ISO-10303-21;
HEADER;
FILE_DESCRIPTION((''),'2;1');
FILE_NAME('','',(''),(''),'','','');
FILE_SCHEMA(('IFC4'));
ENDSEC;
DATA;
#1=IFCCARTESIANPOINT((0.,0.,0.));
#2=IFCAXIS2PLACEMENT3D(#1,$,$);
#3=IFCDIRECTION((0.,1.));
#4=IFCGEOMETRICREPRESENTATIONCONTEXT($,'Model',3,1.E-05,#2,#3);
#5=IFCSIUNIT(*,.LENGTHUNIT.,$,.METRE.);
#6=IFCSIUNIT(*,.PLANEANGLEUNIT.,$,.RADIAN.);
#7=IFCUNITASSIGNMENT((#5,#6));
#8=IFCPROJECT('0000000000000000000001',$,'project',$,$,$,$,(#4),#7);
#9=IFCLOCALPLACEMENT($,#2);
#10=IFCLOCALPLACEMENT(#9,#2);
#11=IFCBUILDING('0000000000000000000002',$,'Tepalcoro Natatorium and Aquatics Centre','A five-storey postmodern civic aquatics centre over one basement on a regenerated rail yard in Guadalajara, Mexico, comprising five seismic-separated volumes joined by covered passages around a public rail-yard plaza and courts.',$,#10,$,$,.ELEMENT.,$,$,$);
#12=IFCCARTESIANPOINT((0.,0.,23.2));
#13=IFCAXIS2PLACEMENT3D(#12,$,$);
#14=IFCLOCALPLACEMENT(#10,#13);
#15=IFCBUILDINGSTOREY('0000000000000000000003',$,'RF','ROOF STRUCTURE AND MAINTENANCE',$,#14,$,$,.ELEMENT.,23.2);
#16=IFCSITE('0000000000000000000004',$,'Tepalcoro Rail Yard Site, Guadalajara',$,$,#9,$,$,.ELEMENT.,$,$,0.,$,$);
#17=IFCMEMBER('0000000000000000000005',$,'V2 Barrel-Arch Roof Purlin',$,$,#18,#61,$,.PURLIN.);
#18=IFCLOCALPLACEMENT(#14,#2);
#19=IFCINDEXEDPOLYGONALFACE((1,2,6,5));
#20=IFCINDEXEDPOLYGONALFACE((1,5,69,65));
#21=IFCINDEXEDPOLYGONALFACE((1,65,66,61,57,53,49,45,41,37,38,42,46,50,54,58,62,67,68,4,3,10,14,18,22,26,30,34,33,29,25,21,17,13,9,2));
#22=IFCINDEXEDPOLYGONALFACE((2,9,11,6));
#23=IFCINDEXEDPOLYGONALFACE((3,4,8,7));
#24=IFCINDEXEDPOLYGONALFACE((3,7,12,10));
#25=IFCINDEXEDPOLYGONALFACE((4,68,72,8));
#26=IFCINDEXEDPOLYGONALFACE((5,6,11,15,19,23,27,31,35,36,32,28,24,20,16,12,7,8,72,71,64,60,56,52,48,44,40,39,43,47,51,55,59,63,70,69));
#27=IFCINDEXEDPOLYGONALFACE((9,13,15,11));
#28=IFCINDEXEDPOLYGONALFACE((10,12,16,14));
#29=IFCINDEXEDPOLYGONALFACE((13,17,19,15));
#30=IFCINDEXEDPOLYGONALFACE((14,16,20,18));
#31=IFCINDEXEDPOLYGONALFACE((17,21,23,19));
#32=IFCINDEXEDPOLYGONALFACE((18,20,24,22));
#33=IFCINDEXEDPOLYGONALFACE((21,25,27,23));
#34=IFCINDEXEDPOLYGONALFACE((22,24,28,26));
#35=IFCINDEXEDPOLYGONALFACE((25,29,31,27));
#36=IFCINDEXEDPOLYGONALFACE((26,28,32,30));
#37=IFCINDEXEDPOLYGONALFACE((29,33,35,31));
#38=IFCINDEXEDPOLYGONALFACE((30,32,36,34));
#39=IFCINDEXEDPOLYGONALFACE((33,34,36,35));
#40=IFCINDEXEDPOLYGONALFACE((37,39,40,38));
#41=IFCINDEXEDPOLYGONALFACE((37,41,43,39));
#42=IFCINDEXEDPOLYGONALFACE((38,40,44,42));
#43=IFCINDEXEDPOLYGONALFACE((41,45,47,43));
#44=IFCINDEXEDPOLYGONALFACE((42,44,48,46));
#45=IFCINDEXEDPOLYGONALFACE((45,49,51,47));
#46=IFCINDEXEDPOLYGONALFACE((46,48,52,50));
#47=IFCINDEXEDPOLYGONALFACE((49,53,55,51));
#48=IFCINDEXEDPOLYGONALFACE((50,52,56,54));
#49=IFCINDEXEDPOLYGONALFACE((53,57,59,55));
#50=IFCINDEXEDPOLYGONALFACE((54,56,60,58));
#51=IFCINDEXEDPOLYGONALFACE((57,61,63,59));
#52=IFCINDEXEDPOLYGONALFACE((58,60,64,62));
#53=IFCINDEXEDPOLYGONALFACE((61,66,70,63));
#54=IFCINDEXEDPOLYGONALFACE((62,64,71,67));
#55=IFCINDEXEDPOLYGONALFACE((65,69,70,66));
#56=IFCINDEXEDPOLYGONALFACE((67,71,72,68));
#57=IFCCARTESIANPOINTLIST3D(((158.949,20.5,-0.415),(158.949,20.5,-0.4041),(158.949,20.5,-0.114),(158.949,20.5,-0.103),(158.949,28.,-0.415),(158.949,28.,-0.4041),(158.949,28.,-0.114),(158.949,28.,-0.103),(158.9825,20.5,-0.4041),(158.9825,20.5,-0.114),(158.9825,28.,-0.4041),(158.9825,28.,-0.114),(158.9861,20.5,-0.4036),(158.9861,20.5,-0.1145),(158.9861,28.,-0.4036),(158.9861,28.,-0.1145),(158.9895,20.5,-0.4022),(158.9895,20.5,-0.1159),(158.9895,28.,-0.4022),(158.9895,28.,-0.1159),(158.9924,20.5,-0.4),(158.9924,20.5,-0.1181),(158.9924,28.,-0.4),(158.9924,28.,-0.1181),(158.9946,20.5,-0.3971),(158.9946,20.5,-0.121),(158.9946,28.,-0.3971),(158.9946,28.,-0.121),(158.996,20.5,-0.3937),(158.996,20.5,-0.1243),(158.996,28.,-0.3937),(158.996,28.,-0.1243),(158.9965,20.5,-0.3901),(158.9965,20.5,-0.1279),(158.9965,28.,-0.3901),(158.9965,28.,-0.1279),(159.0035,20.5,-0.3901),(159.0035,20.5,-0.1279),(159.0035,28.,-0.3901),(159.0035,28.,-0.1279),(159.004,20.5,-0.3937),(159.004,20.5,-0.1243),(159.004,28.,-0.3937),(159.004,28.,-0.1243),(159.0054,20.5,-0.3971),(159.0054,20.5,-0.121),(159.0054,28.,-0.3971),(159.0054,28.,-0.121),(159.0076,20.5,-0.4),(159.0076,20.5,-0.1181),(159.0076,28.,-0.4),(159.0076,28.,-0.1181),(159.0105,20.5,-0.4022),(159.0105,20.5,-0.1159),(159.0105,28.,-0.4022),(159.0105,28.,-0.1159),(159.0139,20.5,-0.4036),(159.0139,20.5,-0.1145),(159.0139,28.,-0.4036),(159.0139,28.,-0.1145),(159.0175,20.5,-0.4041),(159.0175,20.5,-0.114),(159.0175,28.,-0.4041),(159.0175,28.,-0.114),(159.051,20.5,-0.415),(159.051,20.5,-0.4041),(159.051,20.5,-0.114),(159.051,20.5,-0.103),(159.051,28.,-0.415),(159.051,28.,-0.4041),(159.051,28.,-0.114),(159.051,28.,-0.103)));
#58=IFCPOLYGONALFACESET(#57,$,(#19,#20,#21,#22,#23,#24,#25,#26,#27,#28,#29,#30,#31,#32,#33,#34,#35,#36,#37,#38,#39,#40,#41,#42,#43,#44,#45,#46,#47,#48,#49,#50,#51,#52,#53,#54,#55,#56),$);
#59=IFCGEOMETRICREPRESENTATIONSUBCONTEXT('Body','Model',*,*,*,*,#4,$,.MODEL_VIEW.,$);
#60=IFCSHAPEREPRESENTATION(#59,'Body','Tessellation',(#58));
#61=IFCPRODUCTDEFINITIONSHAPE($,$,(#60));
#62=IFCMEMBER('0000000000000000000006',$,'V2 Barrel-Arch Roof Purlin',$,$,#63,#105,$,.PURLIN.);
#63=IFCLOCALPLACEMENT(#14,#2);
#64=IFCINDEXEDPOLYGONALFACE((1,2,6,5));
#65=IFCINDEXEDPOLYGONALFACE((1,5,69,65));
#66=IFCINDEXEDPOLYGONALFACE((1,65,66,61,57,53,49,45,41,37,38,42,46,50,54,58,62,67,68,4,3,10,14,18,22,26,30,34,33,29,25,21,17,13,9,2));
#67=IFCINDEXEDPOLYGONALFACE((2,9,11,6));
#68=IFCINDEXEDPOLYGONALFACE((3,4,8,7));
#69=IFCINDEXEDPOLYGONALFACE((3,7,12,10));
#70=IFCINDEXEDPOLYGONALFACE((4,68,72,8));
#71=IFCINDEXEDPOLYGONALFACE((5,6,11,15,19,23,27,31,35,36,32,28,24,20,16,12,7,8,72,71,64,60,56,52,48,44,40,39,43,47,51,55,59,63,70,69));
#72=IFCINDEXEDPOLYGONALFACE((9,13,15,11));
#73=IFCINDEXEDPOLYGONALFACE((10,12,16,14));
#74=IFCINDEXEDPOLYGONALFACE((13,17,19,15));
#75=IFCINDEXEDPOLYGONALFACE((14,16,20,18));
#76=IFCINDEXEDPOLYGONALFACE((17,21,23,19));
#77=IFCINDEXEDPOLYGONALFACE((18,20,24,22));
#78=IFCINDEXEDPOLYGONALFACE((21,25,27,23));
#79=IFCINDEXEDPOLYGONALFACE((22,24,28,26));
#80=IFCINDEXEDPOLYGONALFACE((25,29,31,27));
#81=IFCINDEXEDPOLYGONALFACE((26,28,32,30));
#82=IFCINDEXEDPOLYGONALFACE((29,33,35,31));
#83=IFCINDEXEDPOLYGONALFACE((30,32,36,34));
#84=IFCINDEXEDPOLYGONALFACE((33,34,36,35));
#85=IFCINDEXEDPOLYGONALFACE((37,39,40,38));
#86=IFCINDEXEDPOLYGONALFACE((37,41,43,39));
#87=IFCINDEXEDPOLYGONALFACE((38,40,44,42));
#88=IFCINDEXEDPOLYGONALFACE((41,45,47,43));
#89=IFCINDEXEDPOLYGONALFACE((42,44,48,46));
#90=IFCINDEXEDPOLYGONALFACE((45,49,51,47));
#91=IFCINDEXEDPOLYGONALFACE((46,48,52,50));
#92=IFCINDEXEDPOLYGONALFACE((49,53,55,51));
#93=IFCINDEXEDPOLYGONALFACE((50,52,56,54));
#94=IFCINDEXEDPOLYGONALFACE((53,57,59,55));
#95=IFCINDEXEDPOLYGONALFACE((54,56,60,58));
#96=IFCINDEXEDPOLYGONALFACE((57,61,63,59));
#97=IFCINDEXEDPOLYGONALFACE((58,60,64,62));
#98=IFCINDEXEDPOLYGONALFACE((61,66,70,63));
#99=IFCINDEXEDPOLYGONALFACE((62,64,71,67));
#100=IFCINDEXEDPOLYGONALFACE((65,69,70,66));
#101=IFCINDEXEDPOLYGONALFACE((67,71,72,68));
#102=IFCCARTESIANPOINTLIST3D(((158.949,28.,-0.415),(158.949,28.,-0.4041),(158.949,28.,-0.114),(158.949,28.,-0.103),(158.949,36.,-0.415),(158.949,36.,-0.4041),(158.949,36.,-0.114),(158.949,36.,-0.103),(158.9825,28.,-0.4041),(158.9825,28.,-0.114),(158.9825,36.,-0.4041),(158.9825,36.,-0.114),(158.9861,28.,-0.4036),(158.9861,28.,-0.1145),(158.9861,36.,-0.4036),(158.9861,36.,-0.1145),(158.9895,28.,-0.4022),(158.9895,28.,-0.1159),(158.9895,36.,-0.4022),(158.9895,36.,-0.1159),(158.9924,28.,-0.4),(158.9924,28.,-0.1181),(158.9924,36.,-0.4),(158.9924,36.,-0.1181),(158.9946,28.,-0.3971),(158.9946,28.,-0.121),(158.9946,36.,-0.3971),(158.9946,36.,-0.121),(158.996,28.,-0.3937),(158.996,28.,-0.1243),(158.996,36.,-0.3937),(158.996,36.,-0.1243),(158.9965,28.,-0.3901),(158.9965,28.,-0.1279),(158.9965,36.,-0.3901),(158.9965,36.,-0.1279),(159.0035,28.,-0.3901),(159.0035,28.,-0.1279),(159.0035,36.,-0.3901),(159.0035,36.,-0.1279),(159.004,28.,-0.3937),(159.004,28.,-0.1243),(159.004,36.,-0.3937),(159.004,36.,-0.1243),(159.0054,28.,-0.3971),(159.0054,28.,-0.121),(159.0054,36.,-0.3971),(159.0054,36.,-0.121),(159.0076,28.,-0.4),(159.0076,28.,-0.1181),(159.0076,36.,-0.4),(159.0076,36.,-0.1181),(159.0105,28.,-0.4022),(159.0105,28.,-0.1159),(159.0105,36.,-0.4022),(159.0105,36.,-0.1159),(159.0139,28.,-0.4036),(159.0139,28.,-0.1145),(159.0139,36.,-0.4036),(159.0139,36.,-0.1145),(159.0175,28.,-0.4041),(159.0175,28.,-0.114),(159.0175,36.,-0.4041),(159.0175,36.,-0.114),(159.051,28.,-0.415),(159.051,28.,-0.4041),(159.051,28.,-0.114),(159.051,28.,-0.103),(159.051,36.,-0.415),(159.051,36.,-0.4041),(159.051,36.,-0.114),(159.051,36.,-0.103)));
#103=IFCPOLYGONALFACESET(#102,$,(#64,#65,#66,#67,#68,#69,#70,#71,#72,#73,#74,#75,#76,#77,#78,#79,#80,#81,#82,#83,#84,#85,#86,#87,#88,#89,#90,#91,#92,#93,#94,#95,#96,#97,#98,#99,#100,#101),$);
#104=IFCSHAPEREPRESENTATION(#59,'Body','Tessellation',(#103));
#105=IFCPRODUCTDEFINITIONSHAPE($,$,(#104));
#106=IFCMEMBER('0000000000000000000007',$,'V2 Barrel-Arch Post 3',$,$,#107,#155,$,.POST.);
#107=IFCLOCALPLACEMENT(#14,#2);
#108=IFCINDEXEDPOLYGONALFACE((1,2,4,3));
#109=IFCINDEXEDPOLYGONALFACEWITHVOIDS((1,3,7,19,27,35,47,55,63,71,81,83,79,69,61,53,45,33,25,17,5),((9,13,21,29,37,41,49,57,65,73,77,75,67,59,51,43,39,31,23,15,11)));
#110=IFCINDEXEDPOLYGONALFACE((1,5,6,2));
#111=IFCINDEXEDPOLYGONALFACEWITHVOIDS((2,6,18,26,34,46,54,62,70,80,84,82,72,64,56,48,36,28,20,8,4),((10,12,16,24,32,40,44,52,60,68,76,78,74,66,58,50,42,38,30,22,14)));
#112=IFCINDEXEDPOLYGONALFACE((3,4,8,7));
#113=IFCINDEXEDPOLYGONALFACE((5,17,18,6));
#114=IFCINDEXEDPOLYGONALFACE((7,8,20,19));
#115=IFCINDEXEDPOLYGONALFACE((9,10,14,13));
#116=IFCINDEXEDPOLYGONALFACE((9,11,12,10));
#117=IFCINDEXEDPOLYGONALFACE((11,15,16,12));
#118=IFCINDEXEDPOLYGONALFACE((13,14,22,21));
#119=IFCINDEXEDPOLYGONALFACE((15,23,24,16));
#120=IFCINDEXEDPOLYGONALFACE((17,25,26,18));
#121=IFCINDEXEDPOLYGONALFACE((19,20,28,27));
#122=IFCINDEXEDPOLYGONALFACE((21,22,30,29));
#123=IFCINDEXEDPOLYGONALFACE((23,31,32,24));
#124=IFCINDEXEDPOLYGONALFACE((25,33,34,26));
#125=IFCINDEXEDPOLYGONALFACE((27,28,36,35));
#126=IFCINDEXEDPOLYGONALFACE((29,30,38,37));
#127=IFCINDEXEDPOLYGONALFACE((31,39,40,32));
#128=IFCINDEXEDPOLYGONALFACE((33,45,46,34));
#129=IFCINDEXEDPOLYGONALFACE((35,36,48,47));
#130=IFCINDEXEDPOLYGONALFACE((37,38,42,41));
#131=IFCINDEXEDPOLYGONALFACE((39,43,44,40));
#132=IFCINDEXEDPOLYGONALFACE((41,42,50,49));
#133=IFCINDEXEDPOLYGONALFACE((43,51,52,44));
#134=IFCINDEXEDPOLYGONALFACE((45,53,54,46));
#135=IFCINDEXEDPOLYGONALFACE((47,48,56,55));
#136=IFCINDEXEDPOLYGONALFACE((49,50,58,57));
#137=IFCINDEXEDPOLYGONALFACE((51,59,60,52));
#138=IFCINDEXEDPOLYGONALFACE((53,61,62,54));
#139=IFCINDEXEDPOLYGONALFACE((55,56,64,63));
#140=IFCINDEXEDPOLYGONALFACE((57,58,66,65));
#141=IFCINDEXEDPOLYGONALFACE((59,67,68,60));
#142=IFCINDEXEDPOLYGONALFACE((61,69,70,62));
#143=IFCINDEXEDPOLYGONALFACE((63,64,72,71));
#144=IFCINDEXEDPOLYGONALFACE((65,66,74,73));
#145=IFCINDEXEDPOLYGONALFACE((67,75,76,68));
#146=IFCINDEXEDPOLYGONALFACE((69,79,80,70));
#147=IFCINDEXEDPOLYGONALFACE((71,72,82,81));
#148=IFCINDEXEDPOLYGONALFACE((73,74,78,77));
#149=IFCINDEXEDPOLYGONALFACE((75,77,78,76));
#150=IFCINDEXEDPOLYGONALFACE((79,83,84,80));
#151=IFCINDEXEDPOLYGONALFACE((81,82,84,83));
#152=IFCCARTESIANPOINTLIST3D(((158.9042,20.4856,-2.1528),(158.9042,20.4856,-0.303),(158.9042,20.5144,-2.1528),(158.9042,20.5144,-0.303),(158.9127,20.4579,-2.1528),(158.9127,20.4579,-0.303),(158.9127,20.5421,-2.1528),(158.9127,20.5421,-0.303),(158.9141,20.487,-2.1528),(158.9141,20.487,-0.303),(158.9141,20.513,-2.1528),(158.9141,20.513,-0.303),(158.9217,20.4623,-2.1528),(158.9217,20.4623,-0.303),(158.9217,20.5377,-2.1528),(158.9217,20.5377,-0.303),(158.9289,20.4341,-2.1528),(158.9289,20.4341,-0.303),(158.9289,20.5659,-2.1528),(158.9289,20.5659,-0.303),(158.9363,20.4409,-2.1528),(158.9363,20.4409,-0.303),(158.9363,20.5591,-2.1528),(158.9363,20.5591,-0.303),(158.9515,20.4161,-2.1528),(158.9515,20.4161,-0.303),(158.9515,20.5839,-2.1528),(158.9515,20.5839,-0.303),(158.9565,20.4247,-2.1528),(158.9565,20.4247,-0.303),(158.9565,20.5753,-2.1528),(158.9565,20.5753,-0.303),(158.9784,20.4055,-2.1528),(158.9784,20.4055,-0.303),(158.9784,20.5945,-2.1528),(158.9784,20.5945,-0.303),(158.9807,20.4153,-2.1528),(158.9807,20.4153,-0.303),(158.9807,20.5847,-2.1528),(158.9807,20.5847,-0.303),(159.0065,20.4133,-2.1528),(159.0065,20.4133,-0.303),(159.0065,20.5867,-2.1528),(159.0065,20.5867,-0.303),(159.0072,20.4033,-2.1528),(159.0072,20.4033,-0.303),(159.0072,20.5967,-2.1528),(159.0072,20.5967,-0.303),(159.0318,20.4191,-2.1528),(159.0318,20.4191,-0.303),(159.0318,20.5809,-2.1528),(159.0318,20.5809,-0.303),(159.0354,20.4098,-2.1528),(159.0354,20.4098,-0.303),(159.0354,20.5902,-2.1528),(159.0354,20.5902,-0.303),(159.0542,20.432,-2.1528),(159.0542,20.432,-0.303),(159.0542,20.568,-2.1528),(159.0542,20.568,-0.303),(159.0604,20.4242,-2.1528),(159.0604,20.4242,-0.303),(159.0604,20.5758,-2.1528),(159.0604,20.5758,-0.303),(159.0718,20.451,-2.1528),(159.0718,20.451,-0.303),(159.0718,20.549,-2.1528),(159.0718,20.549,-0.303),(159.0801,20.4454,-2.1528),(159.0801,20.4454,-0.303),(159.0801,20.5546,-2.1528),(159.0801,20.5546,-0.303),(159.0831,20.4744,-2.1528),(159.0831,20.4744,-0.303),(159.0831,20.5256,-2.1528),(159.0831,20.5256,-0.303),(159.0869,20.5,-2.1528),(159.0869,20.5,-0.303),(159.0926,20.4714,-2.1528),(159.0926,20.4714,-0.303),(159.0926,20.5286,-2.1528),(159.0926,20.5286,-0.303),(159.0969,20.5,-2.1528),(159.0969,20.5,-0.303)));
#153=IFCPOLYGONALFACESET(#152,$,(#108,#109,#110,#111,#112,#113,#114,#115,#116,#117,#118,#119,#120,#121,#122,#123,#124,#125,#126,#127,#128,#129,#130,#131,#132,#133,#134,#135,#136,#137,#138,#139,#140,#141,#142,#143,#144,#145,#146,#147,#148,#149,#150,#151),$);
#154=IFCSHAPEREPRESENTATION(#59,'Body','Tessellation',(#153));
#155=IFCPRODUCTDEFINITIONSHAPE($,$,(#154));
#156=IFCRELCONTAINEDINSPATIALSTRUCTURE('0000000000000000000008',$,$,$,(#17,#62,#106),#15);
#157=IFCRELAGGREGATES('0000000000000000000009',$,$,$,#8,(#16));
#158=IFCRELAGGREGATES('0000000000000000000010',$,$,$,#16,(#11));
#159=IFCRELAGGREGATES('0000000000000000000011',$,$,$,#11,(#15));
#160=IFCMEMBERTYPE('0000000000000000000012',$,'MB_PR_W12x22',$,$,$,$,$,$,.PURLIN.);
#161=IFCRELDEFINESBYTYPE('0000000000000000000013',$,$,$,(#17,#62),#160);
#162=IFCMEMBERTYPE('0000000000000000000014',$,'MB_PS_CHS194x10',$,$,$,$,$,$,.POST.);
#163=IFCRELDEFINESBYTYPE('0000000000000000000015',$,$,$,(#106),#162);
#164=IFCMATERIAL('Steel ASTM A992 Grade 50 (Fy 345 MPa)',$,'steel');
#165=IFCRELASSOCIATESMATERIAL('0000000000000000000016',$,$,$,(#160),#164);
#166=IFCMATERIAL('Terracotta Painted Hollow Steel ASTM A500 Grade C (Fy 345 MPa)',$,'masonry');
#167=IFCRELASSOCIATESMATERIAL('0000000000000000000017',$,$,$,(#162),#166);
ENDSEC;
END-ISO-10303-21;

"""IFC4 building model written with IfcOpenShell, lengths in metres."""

from ifc_helpers import new_model, si_unit, direction, frame, origin, origin_2d, place, context, subcontext, project, spatial, hollow_circle, i_section, extrude, material, material_profile, profile_set, type_object, element, save


model = new_model("IFC4")

# Units and contexts
model_context = context("Model", 3, precision=1e-05, world=origin(), true_north=direction((0.0, 1.0)))
body_context = subcontext(model_context, "Body", "Model", "MODEL_VIEW")
ifc_project = project(units=[si_unit("LENGTHUNIT", "METRE"), si_unit("PLANEANGLEUNIT", "RADIAN")], contexts=[model_context])

# Site, building, storey
site_placement = place(None, origin())
site = spatial("IfcSite", under=ifc_project, at=site_placement, Name="Tepalcoro Rail Yard Site, Guadalajara", CompositionType="ELEMENT", RefElevation=0.0)
building_placement = place(site_placement, origin())
building = spatial("IfcBuilding", under=site, at=building_placement, Name="Tepalcoro Natatorium and Aquatics Centre", Description="A five-storey postmodern civic aquatics centre over one basement on a regenerated rail yard in Guadalajara, Mexico, comprising five seismic-separated volumes joined by covered passages around a public rail-yard plaza and courts.", CompositionType="ELEMENT")
storey_placement = place(building_placement, frame((0.0, 0.0, 23.2)))
storey = spatial("IfcBuildingStorey", under=building, at=storey_placement, Name="RF", Description="ROOF STRUCTURE AND MAINTENANCE", CompositionType="ELEMENT", Elevation=23.2)

# Shared definitions
ifc_material_1 = material(Name="Terracotta Painted Hollow Steel ASTM A500 Grade C (Fy 345 MPa)", Category="masonry")

# Members
ifc_material_2 = material(Name="Steel ASTM A992 Grade 50 (Fy 345 MPa)", Category="steel")
ifc_material_profile_1 = material_profile(ifc_material_2, i_section(OverallWidth=0.1021, OverallDepth=0.312, WebThickness=0.0071, FlangeThickness=0.011, FilletRadius=0.0139, at=origin_2d()), Name="W12X22")
ifc_profile_set_1 = profile_set([ifc_material_profile_1], Name="Steel ASTM A992 Grade 50 (Fy 345 MPa)")
member_type_1 = type_object("IfcMemberType", Name="MB_PR_W12x22", PredefinedType="PURLIN", material=ifc_profile_set_1)
member_1_placement = place(storey_placement, frame((159.0, 20.5, -0.259), z_axis=(0.0, 1.0, 0.0), x_axis=(-1.0, 0.0, 0.0)))
element("IfcMember", 1, at=member_1_placement, inside=storey, type_object=member_type_1, Name="V2 Barrel-Arch Roof Purlin", PredefinedType="PURLIN", context=body_context, shape_type="SweptSolid", body=[
    extrude(i_section(OverallWidth=0.1021, OverallDepth=0.312, WebThickness=0.0071, FlangeThickness=0.011, FilletRadius=0.0139, at=origin_2d()), origin(), (0.0, 0.0, 1.0), 7.5),
])
member_2_placement = place(storey_placement, frame((159.0, 28.0, -0.259), z_axis=(0.0, 1.0, 0.0), x_axis=(-1.0, 0.0, 0.0)))
element("IfcMember", 2, at=member_2_placement, inside=storey, type_object=member_type_1, Name="V2 Barrel-Arch Roof Purlin", PredefinedType="PURLIN", context=body_context, shape_type="SweptSolid", body=[
    extrude(i_section(OverallWidth=0.1021, OverallDepth=0.312, WebThickness=0.0071, FlangeThickness=0.011, FilletRadius=0.0139, at=origin_2d()), origin(), (0.0, 0.0, 1.0), 8.0),
])
ifc_material_profile_2 = material_profile(ifc_material_1, hollow_circle(Radius=0.0969, WallThickness=0.01, at=origin_2d()), Name="CHS194X10")
ifc_profile_set_2 = profile_set([ifc_material_profile_2], Name="Terracotta Painted Hollow Steel ASTM A500 Grade C (Fy 345 MPa)")
member_type_2 = type_object("IfcMemberType", Name="MB_PS_CHS194x10", PredefinedType="POST", material=ifc_profile_set_2)
member_3_placement = place(storey_placement, frame((159.0, 20.5, -2.1528), z_axis=(0.0, 0.0, 1.0), x_axis=(1.0, 0.0, 0.0)))
element("IfcMember", 3, at=member_3_placement, inside=storey, type_object=member_type_2, Name="V2 Barrel-Arch Post 3", PredefinedType="POST", context=body_context, shape_type="SweptSolid", body=[
    extrude(hollow_circle(Radius=0.0969, WallThickness=0.01, at=origin_2d()), origin(), (0.0, 0.0, 1.0), 1.8499),
])

save(model, "model.ifc")
